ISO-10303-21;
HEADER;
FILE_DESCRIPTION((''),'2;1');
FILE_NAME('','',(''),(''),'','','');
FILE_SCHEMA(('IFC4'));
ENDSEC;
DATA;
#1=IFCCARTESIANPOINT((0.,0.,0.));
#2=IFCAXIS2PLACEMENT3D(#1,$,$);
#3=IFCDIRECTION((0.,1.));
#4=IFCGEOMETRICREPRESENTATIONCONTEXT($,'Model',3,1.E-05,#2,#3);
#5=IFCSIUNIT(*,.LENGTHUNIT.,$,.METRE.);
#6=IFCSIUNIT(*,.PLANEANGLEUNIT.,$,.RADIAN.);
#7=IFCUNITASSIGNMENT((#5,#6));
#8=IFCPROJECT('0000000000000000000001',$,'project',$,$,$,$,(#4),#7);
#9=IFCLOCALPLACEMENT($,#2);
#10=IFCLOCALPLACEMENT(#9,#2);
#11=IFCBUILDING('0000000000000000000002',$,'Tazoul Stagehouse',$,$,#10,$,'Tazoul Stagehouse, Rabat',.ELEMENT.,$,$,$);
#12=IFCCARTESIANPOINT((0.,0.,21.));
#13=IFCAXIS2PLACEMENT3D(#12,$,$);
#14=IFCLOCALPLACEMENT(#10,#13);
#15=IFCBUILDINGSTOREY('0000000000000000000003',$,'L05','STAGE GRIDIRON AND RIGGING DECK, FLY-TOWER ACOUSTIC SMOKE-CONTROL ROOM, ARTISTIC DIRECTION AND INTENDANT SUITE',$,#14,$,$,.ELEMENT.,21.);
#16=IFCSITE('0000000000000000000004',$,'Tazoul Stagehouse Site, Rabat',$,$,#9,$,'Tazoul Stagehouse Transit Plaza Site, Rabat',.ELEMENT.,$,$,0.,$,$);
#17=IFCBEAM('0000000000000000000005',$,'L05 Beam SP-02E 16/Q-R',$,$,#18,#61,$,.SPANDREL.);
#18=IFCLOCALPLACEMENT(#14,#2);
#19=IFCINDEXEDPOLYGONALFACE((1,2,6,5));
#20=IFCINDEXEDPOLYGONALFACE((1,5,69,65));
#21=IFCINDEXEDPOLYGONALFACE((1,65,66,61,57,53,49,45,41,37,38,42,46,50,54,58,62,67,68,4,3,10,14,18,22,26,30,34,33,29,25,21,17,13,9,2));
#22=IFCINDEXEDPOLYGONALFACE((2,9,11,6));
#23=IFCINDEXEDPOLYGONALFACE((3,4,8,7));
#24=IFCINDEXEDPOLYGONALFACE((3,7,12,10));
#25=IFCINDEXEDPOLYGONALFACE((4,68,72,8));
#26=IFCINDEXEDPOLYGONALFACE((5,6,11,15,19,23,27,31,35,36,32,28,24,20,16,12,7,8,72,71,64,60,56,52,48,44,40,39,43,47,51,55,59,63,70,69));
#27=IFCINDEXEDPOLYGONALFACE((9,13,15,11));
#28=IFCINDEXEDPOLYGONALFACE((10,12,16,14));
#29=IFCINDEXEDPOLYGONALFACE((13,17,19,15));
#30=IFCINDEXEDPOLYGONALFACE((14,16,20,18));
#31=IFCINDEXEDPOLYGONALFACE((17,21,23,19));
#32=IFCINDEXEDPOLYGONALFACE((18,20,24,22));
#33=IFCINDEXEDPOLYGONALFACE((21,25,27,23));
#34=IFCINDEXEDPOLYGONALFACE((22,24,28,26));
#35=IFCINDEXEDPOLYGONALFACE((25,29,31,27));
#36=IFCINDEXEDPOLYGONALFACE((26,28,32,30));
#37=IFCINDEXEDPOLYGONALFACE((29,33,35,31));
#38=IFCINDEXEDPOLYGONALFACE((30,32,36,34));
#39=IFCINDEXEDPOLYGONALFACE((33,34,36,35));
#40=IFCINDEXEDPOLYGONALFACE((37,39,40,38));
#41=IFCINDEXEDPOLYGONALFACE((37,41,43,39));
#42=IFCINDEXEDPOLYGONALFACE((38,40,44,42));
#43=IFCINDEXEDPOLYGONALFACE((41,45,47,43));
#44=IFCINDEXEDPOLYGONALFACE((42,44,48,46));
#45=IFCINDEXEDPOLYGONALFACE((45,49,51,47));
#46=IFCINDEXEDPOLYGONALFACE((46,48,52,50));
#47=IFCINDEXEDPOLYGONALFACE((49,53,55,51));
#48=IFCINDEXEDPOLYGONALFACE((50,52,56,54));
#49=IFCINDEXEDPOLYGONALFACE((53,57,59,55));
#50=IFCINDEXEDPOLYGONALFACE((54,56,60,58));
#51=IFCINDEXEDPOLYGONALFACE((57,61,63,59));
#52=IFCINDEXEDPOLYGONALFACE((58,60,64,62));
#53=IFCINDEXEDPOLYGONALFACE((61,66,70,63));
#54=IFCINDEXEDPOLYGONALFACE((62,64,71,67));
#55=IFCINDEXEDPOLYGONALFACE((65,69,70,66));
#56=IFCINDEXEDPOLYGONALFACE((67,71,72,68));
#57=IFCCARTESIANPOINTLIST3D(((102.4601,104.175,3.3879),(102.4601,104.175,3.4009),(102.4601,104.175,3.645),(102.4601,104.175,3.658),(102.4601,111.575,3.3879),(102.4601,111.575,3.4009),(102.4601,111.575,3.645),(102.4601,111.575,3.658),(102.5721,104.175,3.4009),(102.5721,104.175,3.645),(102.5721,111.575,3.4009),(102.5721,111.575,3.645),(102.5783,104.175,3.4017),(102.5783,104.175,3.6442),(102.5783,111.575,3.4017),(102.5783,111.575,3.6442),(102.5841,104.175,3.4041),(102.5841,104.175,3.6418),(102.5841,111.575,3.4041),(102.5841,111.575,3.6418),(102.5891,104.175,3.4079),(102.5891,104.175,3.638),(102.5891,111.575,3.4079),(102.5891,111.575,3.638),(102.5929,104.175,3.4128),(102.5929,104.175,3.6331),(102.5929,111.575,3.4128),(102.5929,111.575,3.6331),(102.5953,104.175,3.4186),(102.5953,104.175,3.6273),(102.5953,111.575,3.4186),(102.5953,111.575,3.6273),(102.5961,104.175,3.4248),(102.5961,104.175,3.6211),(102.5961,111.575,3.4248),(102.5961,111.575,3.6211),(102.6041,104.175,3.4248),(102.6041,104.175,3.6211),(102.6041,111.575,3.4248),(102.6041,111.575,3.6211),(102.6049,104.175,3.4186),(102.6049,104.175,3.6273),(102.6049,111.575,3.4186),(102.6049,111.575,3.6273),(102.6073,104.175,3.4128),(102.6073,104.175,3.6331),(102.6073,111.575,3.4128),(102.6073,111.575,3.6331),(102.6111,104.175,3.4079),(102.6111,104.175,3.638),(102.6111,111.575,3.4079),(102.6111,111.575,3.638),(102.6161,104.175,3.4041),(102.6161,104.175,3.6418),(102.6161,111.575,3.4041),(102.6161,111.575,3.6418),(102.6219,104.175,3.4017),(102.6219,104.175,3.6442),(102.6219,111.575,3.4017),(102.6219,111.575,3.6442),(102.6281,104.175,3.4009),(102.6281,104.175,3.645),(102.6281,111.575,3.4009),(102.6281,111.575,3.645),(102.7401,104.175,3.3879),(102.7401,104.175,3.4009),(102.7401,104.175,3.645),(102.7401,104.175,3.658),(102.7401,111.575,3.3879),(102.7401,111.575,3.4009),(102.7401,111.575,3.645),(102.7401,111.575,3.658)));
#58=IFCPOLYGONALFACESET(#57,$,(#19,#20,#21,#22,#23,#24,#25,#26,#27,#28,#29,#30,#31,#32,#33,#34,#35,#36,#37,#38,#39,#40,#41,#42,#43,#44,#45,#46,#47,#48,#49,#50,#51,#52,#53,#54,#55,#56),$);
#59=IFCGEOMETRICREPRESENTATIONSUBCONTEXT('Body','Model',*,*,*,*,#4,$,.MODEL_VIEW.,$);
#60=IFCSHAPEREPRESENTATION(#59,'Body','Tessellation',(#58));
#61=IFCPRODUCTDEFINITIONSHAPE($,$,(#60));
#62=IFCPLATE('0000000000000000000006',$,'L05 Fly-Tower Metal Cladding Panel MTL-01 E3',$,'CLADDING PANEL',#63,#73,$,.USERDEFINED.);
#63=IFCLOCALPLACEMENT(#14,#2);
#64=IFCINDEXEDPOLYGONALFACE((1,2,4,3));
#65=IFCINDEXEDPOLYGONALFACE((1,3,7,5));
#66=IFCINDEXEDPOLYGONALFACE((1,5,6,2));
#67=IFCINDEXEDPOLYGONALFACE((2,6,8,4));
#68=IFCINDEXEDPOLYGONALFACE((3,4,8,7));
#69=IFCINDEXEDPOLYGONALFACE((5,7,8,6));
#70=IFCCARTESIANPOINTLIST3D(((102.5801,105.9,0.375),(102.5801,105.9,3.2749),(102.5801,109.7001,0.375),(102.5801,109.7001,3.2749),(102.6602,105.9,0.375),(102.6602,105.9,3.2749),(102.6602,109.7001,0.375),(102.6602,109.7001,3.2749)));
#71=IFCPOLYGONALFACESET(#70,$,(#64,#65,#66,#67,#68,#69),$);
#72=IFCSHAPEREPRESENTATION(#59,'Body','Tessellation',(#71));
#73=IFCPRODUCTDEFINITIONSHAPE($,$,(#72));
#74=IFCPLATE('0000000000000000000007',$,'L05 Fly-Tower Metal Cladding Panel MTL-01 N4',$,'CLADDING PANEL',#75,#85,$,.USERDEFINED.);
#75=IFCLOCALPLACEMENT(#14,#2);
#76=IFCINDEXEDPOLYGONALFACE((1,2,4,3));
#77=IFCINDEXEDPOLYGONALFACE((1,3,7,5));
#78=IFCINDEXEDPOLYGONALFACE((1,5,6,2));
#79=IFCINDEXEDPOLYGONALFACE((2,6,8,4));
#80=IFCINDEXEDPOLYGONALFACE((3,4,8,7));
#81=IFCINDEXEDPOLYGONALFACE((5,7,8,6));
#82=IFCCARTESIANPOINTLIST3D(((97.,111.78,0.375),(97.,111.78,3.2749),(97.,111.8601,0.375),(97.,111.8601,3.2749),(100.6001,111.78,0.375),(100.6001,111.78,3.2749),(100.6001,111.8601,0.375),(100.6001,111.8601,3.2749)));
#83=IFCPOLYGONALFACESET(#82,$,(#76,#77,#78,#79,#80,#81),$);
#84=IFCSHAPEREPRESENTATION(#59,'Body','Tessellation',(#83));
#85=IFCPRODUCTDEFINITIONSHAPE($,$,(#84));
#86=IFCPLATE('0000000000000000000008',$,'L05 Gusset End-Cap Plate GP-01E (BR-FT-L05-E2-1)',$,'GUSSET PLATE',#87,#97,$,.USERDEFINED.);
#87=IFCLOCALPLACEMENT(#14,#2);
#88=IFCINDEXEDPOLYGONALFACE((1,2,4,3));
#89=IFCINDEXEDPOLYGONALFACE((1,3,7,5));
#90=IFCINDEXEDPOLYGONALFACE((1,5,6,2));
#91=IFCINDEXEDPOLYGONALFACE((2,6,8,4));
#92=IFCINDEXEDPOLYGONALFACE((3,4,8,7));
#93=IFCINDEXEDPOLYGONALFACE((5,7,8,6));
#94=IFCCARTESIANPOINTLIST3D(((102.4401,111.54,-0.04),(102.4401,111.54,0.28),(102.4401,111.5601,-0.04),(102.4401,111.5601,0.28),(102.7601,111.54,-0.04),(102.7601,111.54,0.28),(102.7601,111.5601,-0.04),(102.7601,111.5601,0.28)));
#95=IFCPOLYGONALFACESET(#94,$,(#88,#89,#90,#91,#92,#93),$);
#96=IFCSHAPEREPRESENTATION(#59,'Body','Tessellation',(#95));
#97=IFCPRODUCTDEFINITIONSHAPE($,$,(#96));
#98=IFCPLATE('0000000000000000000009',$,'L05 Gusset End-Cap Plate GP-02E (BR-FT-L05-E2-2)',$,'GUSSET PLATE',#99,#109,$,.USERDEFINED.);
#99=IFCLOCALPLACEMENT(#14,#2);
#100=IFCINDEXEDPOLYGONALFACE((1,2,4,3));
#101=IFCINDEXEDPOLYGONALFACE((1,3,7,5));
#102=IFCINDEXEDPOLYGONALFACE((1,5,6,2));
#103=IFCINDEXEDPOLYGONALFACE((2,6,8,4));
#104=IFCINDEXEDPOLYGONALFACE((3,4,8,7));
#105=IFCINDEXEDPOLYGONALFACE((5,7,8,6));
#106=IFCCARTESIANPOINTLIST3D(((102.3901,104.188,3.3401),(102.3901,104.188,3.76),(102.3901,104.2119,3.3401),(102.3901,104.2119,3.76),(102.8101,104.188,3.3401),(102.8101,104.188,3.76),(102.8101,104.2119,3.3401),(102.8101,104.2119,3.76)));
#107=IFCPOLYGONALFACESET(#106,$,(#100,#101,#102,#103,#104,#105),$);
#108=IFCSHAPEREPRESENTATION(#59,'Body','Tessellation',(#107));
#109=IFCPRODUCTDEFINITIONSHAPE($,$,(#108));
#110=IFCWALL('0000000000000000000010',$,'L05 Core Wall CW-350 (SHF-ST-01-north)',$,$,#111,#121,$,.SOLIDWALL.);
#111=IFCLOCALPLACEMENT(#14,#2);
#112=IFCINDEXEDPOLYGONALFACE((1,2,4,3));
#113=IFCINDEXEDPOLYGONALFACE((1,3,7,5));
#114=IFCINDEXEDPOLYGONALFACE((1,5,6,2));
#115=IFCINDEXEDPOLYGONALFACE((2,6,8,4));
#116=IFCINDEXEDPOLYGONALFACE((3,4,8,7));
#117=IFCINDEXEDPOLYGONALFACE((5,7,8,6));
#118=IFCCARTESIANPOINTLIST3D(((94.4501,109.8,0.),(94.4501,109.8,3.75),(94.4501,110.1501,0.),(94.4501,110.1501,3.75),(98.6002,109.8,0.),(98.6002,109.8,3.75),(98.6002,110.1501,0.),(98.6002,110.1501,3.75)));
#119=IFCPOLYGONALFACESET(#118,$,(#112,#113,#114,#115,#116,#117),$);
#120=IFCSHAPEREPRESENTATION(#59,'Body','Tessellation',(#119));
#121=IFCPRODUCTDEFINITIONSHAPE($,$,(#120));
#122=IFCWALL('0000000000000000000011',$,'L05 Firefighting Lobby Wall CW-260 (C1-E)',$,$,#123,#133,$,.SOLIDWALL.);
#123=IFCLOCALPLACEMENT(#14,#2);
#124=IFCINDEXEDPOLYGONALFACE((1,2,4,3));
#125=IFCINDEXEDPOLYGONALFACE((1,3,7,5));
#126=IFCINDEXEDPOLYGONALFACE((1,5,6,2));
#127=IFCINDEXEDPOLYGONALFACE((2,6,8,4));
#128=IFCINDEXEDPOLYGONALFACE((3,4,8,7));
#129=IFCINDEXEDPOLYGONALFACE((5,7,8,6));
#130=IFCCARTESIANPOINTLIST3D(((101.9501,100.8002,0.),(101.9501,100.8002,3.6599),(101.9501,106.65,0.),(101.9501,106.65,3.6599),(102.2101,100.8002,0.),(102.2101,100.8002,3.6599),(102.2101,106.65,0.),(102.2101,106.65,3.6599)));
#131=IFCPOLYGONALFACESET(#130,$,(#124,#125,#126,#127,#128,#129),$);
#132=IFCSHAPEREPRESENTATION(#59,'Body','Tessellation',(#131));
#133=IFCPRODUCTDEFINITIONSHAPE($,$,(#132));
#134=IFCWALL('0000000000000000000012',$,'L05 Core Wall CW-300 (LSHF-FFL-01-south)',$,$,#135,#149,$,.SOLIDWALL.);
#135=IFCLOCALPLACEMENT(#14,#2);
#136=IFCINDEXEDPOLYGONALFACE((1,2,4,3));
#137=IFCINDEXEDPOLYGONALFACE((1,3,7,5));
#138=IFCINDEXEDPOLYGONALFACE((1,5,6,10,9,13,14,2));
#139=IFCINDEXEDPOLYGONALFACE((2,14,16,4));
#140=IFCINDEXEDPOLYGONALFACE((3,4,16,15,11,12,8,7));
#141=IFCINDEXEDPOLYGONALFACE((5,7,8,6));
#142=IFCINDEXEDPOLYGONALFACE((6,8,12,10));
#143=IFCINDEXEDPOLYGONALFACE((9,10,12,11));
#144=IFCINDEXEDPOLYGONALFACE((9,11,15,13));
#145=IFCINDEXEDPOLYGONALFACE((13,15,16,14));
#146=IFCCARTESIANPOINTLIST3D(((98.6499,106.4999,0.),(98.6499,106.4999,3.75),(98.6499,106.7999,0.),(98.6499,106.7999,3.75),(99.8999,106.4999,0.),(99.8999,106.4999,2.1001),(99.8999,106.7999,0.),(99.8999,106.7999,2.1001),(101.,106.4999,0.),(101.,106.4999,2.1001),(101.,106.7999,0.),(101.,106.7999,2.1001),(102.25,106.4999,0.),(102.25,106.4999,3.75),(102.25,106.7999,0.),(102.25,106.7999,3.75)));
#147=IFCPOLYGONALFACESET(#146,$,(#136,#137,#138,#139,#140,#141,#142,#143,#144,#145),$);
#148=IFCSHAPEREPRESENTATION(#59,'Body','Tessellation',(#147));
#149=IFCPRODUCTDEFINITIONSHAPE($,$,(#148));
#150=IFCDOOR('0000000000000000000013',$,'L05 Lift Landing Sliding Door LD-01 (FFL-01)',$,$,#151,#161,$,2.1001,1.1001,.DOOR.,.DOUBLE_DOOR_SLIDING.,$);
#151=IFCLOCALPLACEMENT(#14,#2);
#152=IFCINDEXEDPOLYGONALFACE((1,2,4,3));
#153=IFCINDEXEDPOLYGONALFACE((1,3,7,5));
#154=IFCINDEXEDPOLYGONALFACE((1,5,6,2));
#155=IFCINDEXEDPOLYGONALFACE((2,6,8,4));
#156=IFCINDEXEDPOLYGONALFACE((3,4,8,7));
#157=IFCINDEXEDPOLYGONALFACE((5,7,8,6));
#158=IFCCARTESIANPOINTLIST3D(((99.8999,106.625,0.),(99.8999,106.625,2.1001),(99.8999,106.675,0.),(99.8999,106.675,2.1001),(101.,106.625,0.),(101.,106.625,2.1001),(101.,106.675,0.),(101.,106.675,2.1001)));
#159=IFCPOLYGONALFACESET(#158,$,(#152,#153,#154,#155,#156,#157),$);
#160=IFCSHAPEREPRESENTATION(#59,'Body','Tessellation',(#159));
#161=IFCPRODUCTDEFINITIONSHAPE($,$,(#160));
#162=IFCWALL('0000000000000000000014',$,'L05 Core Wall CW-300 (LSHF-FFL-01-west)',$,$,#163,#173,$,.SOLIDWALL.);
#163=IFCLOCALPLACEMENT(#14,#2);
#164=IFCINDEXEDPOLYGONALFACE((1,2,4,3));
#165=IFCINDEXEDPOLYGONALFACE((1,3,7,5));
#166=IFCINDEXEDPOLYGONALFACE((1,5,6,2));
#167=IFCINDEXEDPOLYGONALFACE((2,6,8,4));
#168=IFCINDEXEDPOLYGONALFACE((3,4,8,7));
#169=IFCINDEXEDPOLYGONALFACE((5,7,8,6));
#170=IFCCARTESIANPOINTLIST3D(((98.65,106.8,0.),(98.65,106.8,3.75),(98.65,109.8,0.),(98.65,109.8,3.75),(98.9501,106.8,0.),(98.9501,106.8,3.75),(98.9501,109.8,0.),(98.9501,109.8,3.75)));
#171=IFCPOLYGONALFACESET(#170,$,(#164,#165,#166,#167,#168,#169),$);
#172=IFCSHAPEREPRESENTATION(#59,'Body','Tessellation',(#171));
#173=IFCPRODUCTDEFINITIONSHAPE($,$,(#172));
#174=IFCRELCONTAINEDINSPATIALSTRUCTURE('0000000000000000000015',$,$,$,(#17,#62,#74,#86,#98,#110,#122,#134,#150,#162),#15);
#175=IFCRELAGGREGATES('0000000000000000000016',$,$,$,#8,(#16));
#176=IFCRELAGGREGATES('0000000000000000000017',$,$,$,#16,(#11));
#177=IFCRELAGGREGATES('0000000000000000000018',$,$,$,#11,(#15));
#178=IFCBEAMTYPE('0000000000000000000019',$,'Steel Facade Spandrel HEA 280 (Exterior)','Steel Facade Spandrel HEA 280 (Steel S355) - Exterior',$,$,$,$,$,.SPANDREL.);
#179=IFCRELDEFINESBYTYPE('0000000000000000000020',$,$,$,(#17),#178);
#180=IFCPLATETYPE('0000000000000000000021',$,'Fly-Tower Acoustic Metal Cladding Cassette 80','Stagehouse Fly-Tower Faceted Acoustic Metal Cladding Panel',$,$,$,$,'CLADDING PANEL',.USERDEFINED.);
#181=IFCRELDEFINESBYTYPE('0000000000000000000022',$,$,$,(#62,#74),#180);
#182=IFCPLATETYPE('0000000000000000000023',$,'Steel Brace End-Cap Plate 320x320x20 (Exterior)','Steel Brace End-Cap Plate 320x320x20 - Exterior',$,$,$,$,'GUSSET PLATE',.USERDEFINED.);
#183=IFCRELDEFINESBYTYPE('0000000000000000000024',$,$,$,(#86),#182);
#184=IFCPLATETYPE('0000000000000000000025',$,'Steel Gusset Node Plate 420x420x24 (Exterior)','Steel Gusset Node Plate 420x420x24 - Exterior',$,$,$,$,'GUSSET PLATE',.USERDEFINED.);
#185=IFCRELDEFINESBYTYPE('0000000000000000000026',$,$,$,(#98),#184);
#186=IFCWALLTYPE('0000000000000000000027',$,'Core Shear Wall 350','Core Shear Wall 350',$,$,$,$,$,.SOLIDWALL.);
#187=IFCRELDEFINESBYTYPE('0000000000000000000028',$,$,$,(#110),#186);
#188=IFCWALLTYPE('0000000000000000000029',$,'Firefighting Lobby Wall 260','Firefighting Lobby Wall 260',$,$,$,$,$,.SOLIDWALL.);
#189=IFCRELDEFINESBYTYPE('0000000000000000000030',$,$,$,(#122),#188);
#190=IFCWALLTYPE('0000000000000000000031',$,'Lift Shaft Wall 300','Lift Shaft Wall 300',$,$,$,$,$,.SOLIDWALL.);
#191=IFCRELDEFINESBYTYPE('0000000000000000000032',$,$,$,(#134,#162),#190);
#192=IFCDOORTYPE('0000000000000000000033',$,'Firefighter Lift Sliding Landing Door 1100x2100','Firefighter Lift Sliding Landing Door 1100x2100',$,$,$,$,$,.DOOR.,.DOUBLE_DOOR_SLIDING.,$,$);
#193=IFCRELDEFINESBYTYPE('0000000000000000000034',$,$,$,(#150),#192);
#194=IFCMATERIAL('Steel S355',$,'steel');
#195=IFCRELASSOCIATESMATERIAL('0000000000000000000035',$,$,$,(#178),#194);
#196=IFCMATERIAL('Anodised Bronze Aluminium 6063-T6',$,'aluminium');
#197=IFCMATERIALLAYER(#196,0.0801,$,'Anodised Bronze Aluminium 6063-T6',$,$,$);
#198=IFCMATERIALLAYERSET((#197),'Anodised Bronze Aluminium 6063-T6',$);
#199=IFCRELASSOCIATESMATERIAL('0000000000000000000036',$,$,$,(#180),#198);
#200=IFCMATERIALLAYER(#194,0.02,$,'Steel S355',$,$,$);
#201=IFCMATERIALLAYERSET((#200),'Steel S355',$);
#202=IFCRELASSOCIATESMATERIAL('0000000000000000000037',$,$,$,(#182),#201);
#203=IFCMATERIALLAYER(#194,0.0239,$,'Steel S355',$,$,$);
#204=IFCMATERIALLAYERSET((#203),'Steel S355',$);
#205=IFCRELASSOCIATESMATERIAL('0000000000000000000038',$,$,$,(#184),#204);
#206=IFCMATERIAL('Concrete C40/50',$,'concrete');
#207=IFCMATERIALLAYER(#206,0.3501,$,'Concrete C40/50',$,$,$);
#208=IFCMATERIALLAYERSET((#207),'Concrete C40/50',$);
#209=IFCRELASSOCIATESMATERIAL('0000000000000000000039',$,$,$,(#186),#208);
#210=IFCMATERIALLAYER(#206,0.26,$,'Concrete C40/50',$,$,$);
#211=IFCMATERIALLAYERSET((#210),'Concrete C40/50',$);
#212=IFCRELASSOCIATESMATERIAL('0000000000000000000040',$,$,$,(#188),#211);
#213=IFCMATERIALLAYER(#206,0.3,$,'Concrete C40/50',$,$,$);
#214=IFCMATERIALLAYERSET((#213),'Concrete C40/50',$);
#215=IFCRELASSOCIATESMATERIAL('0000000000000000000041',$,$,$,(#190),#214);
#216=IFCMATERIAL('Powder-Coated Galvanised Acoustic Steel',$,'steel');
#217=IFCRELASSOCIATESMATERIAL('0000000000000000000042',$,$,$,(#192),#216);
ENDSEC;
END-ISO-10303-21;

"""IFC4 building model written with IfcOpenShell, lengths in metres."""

from ifc_helpers import new_model, si_unit, direction, frame, frame_2d, origin, origin_2d, place, context, subcontext, project, spatial, rectangle, i_section, extrude, material, layer, layer_set, material_profile, profile_set, type_object, element, fill, save


model = new_model("IFC4")

# Units and contexts
model_context = context("Model", 3, precision=1e-05, world=origin(), true_north=direction((0.0, 1.0)))
body_context = subcontext(model_context, "Body", "Model", "MODEL_VIEW")
ifc_project = project(units=[si_unit("LENGTHUNIT", "METRE"), si_unit("PLANEANGLEUNIT", "RADIAN")], contexts=[model_context])

# Site, building, storey
site_placement = place(None, origin())
site = spatial("IfcSite", under=ifc_project, at=site_placement, Name="Tazoul Stagehouse Site, Rabat", LongName="Tazoul Stagehouse Transit Plaza Site, Rabat", CompositionType="ELEMENT", RefElevation=0.0)
building_placement = place(site_placement, origin())
building = spatial("IfcBuilding", under=site, at=building_placement, Name="Tazoul Stagehouse", LongName="Tazoul Stagehouse, Rabat", CompositionType="ELEMENT")
storey_placement = place(building_placement, frame((0.0, 0.0, 21.0)))
storey = spatial("IfcBuildingStorey", under=building, at=storey_placement, Name="L05", Description="STAGE GRIDIRON AND RIGGING DECK, FLY-TOWER ACOUSTIC SMOKE-CONTROL ROOM, ARTISTIC DIRECTION AND INTENDANT SUITE", CompositionType="ELEMENT", Elevation=21.0)

# Shared definitions
ifc_material_1 = material(Name="Concrete C40/50", Category="concrete")
ifc_material_2 = material(Name="Steel S355", Category="steel")

# Beam
ifc_material_profile_1 = material_profile(ifc_material_2, i_section(OverallWidth=0.28, OverallDepth=0.27, WebThickness=0.0081, FlangeThickness=0.0129, FilletRadius=0.0239, at=origin_2d()), Name="HEA 280")
ifc_profile_set_1 = profile_set([ifc_material_profile_1], Name="Steel S355")
beam_type_1 = type_object("IfcBeamType", Name="Steel Facade Spandrel HEA 280 (Exterior)", Description="Steel Facade Spandrel HEA 280 (Steel S355) - Exterior", PredefinedType="SPANDREL", material=ifc_profile_set_1)
beam_1_placement = place(storey_placement, frame((102.6001, 104.175, 3.5229), z_axis=(0.0, 1.0, 0.0), x_axis=(-1.0, 0.0, 0.0)))
element("IfcBeam", 1, at=beam_1_placement, inside=storey, type_object=beam_type_1, Name="L05 Beam SP-02E 16/Q-R", PredefinedType="SPANDREL", context=body_context, shape_type="SweptSolid", body=[
    extrude(i_section(OverallWidth=0.28, OverallDepth=0.27, WebThickness=0.0081, FlangeThickness=0.0129, FilletRadius=0.0239, at=origin_2d()), origin(), (0.0, 0.0, 1.0), 7.3999),
])

# Plates
ifc_material_3 = material(Name="Anodised Bronze Aluminium 6063-T6", Category="aluminium")
ifc_layer_1 = layer(ifc_material_3, 0.0801, Name="Anodised Bronze Aluminium 6063-T6")
ifc_layer_set_1 = layer_set([ifc_layer_1], Name="Anodised Bronze Aluminium 6063-T6")
plate_type_1 = type_object("IfcPlateType", Name="Fly-Tower Acoustic Metal Cladding Cassette 80", Description="Stagehouse Fly-Tower Faceted Acoustic Metal Cladding Panel", ElementType="CLADDING PANEL", PredefinedType="USERDEFINED", material=ifc_layer_set_1)
plate_1_placement = place(storey_placement, frame((102.6201, 107.8, 0.375), z_axis=(0.0, 0.0, 1.0), x_axis=(0.0, 1.0, 0.0)))
element("IfcPlate", 2, at=plate_1_placement, inside=storey, type_object=plate_type_1, Name="L05 Fly-Tower Metal Cladding Panel MTL-01 E3", ObjectType="CLADDING PANEL", PredefinedType="USERDEFINED", context=body_context, shape_type="SweptSolid", body=[
    extrude(rectangle(XDim=3.8, YDim=0.0801, at=origin_2d()), origin(), (0.0, 0.0, 1.0), 2.8999),
])
plate_2_placement = place(storey_placement, frame((98.8, 111.8201, 0.375), z_axis=(0.0, 0.0, 1.0), x_axis=(1.0, 0.0, 0.0)))
element("IfcPlate", 3, at=plate_2_placement, inside=storey, type_object=plate_type_1, Name="L05 Fly-Tower Metal Cladding Panel MTL-01 N4", ObjectType="CLADDING PANEL", PredefinedType="USERDEFINED", context=body_context, shape_type="SweptSolid", body=[
    extrude(rectangle(XDim=3.6001, YDim=0.0801, at=origin_2d()), origin(), (0.0, 0.0, 1.0), 2.8999),
])
ifc_layer_2 = layer(ifc_material_2, 0.02, Name="Steel S355")
ifc_layer_set_2 = layer_set([ifc_layer_2], Name="Steel S355")
plate_type_2 = type_object("IfcPlateType", Name="Steel Brace End-Cap Plate 320x320x20 (Exterior)", Description="Steel Brace End-Cap Plate 320x320x20 - Exterior", ElementType="GUSSET PLATE", PredefinedType="USERDEFINED", material=ifc_layer_set_2)
plate_3_placement = place(storey_placement, frame((102.6001, 111.55, -0.04), z_axis=(0.0, 0.0, 1.0), x_axis=(0.0, -1.0, 0.0)))
element("IfcPlate", 4, at=plate_3_placement, inside=storey, type_object=plate_type_2, Name="L05 Gusset End-Cap Plate GP-01E (BR-FT-L05-E2-1)", ObjectType="GUSSET PLATE", PredefinedType="USERDEFINED", context=body_context, shape_type="SweptSolid", body=[
    extrude(rectangle(XDim=0.02, YDim=0.3201, at=origin_2d()), origin(), (0.0, 0.0, 1.0), 0.3201),
])
ifc_layer_3 = layer(ifc_material_2, 0.0239, Name="Steel S355")
ifc_layer_set_3 = layer_set([ifc_layer_3], Name="Steel S355")
plate_type_3 = type_object("IfcPlateType", Name="Steel Gusset Node Plate 420x420x24 (Exterior)", Description="Steel Gusset Node Plate 420x420x24 - Exterior", ElementType="GUSSET PLATE", PredefinedType="USERDEFINED", material=ifc_layer_set_3)
plate_4_placement = place(storey_placement, frame((102.6001, 104.2, 3.3401), z_axis=(0.0, 0.0, 1.0), x_axis=(0.0, -1.0, 0.0)))
element("IfcPlate", 5, at=plate_4_placement, inside=storey, type_object=plate_type_3, Name="L05 Gusset End-Cap Plate GP-02E (BR-FT-L05-E2-2)", ObjectType="GUSSET PLATE", PredefinedType="USERDEFINED", context=body_context, shape_type="SweptSolid", body=[
    extrude(rectangle(XDim=0.0239, YDim=0.4199, at=origin_2d()), origin(), (0.0, 0.0, 1.0), 0.4199),
])

# Wall
ifc_layer_4 = layer(ifc_material_1, 0.3501, Name="Concrete C40/50")
ifc_layer_set_4 = layer_set([ifc_layer_4], Name="Concrete C40/50")
wall_type_1 = type_object("IfcWallType", Name="Core Shear Wall 350", Description="Core Shear Wall 350", PredefinedType="SOLIDWALL", material=ifc_layer_set_4)
wall_1_placement = place(storey_placement, frame((94.45, 109.9751, 0.0), z_axis=(0.0, 0.0, 1.0), x_axis=(1.0, 0.0, 0.0)))
element("IfcWall", 6, at=wall_1_placement, inside=storey, type_object=wall_type_1, Name="L05 Core Wall CW-350 (SHF-ST-01-north)", PredefinedType="SOLIDWALL", context=body_context, shape_type="SweptSolid", body=[
    extrude(rectangle(XDim=4.1501, YDim=0.3501, at=frame_2d((2.0752, 0.0))), origin(), (0.0, 0.0, 1.0), 3.75),
])

# Shared definitions
ifc_material_4 = material(Name="Powder-Coated Galvanised Acoustic Steel", Category="steel")

# Wall
ifc_layer_5 = layer(ifc_material_1, 0.26, Name="Concrete C40/50")
ifc_layer_set_5 = layer_set([ifc_layer_5], Name="Concrete C40/50")
wall_type_2 = type_object("IfcWallType", Name="Firefighting Lobby Wall 260", Description="Firefighting Lobby Wall 260", PredefinedType="SOLIDWALL", material=ifc_layer_set_5)
wall_2_placement = place(storey_placement, frame((102.0801, 106.6499, 0.0), z_axis=(0.0, 0.0, 1.0), x_axis=(0.0, -1.0, 0.0)))
element("IfcWall", 7, at=wall_2_placement, inside=storey, type_object=wall_type_2, Name="L05 Firefighting Lobby Wall CW-260 (C1-E)", PredefinedType="SOLIDWALL", context=body_context, shape_type="SweptSolid", body=[
    extrude(rectangle(XDim=5.8499, YDim=0.26, at=frame_2d((2.9248, 0.0))), origin(), (0.0, 0.0, 1.0), 3.6599),
])

# Wall, opening, door
ifc_layer_6 = layer(ifc_material_1, 0.3, Name="Concrete C40/50")
ifc_layer_set_6 = layer_set([ifc_layer_6], Name="Concrete C40/50")
wall_type_3 = type_object("IfcWallType", Name="Lift Shaft Wall 300", Description="Lift Shaft Wall 300", PredefinedType="SOLIDWALL", material=ifc_layer_set_6)
wall_3_placement = place(storey_placement, frame((102.25, 106.6499, 0.0), z_axis=(0.0, 0.0, 1.0), x_axis=(-1.0, 0.0, 0.0)))
wall_3 = element("IfcWall", 8, at=wall_3_placement, inside=storey, type_object=wall_type_3, Name="L05 Core Wall CW-300 (LSHF-FFL-01-south)", PredefinedType="SOLIDWALL", context=body_context, shape_type="SweptSolid", body=[
    extrude(rectangle(XDim=3.6001, YDim=0.3, at=frame_2d((1.8, 0.0))), origin(), (0.0, 0.0, 1.0), 3.75),
])
opening_1_placement = place(wall_3_placement, frame((1.25, 0.0, 0.0)))
opening_1 = element("IfcOpeningElement", 9, at=opening_1_placement, cuts=wall_3, PredefinedType="OPENING", context=body_context, shape_type="SweptSolid", body=[
    extrude(rectangle(XDim=1.1001, YDim=2.1001, at=frame_2d((0.55, 1.05))), frame((0.0, 0.1699, 0.0), z_axis=(0.0, -1.0, 0.0), x_axis=(1.0, 0.0, 0.0)), (0.0, 0.0, 1.0), 0.3401),
])
door_type_1 = type_object("IfcDoorType", Name="Firefighter Lift Sliding Landing Door 1100x2100", Description="Firefighter Lift Sliding Landing Door 1100x2100", OperationType="DOUBLE_DOOR_SLIDING", PredefinedType="DOOR", material=ifc_material_4)
door_1_placement = place(opening_1_placement, origin())
door_1 = element("IfcDoor", 10, at=door_1_placement, inside=storey, type_object=door_type_1, Name="L05 Lift Landing Sliding Door LD-01 (FFL-01)", OperationType="DOUBLE_DOOR_SLIDING", OverallHeight=2.1001, OverallWidth=1.1001, PredefinedType="DOOR", context=body_context, shape_type="SweptSolid", body=[
    extrude(rectangle(XDim=1.1001, YDim=2.1001, at=frame_2d((0.55, 1.05))), frame((0.0, 0.0249, 0.0), z_axis=(0.0, -1.0, 0.0), x_axis=(1.0, 0.0, 0.0)), (0.0, 0.0, 1.0), 0.05),
])
fill(opening_1, door_1)

# Wall
wall_4_placement = place(storey_placement, frame((98.8, 106.8, 0.0), z_axis=(0.0, 0.0, 1.0), x_axis=(0.0, 1.0, 0.0)))
element("IfcWall", 11, at=wall_4_placement, inside=storey, type_object=wall_type_3, Name="L05 Core Wall CW-300 (LSHF-FFL-01-west)", PredefinedType="SOLIDWALL", context=body_context, shape_type="SweptSolid", body=[
    extrude(rectangle(XDim=3.0, YDim=0.3, at=frame_2d((1.5, 0.0))), origin(), (0.0, 0.0, 1.0), 3.75),
])

save(model, "model.ifc")
